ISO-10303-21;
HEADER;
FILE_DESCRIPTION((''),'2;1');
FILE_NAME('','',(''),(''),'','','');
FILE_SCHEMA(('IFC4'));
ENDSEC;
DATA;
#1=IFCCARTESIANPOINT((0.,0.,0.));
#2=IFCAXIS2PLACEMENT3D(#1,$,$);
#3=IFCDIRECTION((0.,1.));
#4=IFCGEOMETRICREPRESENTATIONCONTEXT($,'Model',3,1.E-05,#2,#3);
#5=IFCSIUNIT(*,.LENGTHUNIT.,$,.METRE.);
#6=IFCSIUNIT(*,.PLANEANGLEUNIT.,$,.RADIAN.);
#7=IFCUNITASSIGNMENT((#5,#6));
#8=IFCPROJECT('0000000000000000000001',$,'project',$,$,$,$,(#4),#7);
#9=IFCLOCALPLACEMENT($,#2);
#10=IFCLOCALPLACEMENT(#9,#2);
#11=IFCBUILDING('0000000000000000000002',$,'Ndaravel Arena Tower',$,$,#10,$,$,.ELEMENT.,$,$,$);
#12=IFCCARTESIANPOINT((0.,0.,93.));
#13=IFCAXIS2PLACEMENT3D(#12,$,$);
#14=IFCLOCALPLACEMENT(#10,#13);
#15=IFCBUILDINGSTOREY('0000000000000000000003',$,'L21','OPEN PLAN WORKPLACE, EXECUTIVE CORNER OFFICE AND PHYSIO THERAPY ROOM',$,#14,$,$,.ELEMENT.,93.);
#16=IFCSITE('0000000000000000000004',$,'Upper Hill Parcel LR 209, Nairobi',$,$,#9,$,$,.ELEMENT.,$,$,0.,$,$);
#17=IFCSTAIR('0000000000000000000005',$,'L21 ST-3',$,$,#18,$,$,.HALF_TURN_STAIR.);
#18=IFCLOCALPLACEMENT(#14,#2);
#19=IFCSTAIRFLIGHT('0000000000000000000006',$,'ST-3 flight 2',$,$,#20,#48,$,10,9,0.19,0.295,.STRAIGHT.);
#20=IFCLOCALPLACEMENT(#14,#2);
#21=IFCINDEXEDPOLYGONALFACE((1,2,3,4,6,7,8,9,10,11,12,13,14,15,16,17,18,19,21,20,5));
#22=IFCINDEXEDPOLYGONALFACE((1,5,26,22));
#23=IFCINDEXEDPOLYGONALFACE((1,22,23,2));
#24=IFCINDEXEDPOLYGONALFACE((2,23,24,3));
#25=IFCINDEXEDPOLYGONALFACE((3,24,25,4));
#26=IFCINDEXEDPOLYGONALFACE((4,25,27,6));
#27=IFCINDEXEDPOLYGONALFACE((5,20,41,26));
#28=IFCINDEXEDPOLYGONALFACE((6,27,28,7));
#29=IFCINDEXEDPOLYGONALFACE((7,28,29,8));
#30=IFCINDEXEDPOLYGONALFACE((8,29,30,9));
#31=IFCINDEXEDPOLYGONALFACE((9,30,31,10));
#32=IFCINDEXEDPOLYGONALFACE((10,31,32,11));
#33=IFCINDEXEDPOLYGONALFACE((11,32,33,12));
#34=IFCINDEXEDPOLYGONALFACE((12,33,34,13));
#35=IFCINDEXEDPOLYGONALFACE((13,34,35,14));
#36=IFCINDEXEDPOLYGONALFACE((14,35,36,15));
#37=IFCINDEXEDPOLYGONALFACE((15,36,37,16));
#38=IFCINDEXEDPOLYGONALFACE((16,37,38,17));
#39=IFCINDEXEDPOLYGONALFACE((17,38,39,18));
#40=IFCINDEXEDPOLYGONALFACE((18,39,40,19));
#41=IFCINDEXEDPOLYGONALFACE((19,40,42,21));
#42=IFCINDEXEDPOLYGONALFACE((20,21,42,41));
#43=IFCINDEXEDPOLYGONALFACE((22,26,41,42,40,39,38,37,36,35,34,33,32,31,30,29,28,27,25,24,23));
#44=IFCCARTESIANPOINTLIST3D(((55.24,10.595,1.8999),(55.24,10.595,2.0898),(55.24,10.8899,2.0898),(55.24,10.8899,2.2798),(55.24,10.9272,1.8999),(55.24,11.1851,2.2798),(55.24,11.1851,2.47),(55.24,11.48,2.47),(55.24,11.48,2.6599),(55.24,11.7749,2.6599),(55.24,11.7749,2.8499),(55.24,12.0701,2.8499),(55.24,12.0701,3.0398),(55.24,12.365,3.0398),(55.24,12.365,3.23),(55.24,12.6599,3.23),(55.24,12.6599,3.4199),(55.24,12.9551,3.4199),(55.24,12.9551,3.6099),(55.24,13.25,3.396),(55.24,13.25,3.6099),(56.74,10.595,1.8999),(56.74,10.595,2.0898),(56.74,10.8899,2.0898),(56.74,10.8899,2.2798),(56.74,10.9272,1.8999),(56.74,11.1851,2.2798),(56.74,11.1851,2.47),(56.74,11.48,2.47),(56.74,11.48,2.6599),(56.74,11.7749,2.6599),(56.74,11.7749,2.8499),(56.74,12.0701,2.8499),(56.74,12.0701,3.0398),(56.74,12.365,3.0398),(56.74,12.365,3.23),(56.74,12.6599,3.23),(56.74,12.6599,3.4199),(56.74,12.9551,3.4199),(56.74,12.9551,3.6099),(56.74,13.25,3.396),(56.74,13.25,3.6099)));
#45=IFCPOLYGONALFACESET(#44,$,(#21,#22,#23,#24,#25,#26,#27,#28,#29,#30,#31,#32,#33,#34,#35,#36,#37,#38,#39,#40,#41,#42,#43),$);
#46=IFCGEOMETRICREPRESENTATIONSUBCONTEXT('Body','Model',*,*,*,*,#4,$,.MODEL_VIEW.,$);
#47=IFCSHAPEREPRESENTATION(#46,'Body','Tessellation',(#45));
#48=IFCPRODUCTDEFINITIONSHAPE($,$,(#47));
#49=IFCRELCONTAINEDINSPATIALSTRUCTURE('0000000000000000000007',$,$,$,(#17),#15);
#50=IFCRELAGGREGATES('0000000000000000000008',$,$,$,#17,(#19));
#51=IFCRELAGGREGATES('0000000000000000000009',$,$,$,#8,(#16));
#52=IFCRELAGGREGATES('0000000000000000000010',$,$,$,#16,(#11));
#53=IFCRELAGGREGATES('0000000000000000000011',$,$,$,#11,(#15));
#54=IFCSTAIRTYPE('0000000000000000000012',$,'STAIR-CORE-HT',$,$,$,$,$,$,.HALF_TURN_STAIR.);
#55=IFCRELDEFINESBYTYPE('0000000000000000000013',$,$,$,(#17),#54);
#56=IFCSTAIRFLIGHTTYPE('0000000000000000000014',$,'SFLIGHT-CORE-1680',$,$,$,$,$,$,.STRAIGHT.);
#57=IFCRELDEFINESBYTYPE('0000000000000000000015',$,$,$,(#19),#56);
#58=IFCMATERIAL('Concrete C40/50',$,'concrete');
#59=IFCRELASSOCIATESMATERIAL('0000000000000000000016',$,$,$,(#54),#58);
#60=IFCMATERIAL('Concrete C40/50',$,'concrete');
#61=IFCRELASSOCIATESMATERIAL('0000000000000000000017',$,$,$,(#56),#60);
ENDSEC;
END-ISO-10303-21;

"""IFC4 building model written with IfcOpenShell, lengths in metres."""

from ifc_helpers import new_model, si_unit, direction, frame, origin, place, context, subcontext, project, spatial, polyline, outline, extrude, material, type_object, element, aggregate, save


model = new_model("IFC4")

# Units and contexts
model_context = context("Model", 3, precision=1e-05, world=origin(), true_north=direction((0.0, 1.0)))
body_context = subcontext(model_context, "Body", "Model", "MODEL_VIEW")
ifc_project = project(units=[si_unit("LENGTHUNIT", "METRE"), si_unit("PLANEANGLEUNIT", "RADIAN")], contexts=[model_context])

# Site, building, storey
site_placement = place(None, origin())
site = spatial("IfcSite", under=ifc_project, at=site_placement, Name="Upper Hill Parcel LR 209, Nairobi", CompositionType="ELEMENT", RefElevation=0.0)
building_placement = place(site_placement, origin())
building = spatial("IfcBuilding", under=site, at=building_placement, Name="Ndaravel Arena Tower", CompositionType="ELEMENT")
storey_placement = place(building_placement, frame((0.0, 0.0, 93.0)))
storey = spatial("IfcBuildingStorey", under=building, at=storey_placement, Name="L21", Description="OPEN PLAN WORKPLACE, EXECUTIVE CORNER OFFICE AND PHYSIO THERAPY ROOM", CompositionType="ELEMENT", Elevation=93.0)

# Stair, stair flight
ifc_material_1 = material(Name="Concrete C40/50", Category="concrete")
stair_type = type_object("IfcStairType", Name="STAIR-CORE-HT", PredefinedType="HALF_TURN_STAIR", material=ifc_material_1)
stair_placement = place(storey_placement, origin())
stair = element("IfcStair", 1, at=stair_placement, inside=storey, type_object=stair_type, Name="L21 ST-3", PredefinedType="HALF_TURN_STAIR")
ifc_material_2 = material(Name="Concrete C40/50", Category="concrete")
stair_flight_type = type_object("IfcStairFlightType", Name="SFLIGHT-CORE-1680", PredefinedType="STRAIGHT", material=ifc_material_2)
stair_flight_1_placement = place(storey_placement, frame((55.99, 10.595, 1.8999), z_axis=(0.0, 0.0, 1.0), x_axis=(0.0, 1.0, 0.0)))
stair_flight_1 = element("IfcStairFlight", 2, at=stair_flight_1_placement, type_object=stair_flight_type, Name="ST-3 flight 2", NumberOfRisers=10, NumberOfTreads=9, PredefinedType="STRAIGHT", RiserHeight=0.19, TreadLength=0.295, context=body_context, shape_type="SweptSolid", body=[
    extrude(outline(polyline([(0.0, 0.0), (0.0, 0.1899), (0.2949, 0.1899), (0.2949, 0.3799), (0.5901, 0.3799), (0.5901, 0.5701), (0.885, 0.5701), (0.885, 0.76), (1.1799, 0.76), (1.1799, 0.95), (1.4751, 0.95), (1.4751, 1.1399), (1.77, 1.1399), (1.77, 1.3301), (2.0649, 1.3301), (2.0649, 1.52), (2.3601, 1.52), (2.3601, 1.71), (2.655, 1.71), (2.655, 1.8999), (2.655, 1.4961), (0.3323, 0.0), (0.0, 0.0)])), frame((0.0, 0.75, 0.0), z_axis=(0.0, -1.0, 0.0), x_axis=(1.0, 0.0, 0.0)), (0.0, 0.0, 1.0), 1.5),
])
aggregate(stair, [stair_flight_1])

save(model, "model.ifc")
